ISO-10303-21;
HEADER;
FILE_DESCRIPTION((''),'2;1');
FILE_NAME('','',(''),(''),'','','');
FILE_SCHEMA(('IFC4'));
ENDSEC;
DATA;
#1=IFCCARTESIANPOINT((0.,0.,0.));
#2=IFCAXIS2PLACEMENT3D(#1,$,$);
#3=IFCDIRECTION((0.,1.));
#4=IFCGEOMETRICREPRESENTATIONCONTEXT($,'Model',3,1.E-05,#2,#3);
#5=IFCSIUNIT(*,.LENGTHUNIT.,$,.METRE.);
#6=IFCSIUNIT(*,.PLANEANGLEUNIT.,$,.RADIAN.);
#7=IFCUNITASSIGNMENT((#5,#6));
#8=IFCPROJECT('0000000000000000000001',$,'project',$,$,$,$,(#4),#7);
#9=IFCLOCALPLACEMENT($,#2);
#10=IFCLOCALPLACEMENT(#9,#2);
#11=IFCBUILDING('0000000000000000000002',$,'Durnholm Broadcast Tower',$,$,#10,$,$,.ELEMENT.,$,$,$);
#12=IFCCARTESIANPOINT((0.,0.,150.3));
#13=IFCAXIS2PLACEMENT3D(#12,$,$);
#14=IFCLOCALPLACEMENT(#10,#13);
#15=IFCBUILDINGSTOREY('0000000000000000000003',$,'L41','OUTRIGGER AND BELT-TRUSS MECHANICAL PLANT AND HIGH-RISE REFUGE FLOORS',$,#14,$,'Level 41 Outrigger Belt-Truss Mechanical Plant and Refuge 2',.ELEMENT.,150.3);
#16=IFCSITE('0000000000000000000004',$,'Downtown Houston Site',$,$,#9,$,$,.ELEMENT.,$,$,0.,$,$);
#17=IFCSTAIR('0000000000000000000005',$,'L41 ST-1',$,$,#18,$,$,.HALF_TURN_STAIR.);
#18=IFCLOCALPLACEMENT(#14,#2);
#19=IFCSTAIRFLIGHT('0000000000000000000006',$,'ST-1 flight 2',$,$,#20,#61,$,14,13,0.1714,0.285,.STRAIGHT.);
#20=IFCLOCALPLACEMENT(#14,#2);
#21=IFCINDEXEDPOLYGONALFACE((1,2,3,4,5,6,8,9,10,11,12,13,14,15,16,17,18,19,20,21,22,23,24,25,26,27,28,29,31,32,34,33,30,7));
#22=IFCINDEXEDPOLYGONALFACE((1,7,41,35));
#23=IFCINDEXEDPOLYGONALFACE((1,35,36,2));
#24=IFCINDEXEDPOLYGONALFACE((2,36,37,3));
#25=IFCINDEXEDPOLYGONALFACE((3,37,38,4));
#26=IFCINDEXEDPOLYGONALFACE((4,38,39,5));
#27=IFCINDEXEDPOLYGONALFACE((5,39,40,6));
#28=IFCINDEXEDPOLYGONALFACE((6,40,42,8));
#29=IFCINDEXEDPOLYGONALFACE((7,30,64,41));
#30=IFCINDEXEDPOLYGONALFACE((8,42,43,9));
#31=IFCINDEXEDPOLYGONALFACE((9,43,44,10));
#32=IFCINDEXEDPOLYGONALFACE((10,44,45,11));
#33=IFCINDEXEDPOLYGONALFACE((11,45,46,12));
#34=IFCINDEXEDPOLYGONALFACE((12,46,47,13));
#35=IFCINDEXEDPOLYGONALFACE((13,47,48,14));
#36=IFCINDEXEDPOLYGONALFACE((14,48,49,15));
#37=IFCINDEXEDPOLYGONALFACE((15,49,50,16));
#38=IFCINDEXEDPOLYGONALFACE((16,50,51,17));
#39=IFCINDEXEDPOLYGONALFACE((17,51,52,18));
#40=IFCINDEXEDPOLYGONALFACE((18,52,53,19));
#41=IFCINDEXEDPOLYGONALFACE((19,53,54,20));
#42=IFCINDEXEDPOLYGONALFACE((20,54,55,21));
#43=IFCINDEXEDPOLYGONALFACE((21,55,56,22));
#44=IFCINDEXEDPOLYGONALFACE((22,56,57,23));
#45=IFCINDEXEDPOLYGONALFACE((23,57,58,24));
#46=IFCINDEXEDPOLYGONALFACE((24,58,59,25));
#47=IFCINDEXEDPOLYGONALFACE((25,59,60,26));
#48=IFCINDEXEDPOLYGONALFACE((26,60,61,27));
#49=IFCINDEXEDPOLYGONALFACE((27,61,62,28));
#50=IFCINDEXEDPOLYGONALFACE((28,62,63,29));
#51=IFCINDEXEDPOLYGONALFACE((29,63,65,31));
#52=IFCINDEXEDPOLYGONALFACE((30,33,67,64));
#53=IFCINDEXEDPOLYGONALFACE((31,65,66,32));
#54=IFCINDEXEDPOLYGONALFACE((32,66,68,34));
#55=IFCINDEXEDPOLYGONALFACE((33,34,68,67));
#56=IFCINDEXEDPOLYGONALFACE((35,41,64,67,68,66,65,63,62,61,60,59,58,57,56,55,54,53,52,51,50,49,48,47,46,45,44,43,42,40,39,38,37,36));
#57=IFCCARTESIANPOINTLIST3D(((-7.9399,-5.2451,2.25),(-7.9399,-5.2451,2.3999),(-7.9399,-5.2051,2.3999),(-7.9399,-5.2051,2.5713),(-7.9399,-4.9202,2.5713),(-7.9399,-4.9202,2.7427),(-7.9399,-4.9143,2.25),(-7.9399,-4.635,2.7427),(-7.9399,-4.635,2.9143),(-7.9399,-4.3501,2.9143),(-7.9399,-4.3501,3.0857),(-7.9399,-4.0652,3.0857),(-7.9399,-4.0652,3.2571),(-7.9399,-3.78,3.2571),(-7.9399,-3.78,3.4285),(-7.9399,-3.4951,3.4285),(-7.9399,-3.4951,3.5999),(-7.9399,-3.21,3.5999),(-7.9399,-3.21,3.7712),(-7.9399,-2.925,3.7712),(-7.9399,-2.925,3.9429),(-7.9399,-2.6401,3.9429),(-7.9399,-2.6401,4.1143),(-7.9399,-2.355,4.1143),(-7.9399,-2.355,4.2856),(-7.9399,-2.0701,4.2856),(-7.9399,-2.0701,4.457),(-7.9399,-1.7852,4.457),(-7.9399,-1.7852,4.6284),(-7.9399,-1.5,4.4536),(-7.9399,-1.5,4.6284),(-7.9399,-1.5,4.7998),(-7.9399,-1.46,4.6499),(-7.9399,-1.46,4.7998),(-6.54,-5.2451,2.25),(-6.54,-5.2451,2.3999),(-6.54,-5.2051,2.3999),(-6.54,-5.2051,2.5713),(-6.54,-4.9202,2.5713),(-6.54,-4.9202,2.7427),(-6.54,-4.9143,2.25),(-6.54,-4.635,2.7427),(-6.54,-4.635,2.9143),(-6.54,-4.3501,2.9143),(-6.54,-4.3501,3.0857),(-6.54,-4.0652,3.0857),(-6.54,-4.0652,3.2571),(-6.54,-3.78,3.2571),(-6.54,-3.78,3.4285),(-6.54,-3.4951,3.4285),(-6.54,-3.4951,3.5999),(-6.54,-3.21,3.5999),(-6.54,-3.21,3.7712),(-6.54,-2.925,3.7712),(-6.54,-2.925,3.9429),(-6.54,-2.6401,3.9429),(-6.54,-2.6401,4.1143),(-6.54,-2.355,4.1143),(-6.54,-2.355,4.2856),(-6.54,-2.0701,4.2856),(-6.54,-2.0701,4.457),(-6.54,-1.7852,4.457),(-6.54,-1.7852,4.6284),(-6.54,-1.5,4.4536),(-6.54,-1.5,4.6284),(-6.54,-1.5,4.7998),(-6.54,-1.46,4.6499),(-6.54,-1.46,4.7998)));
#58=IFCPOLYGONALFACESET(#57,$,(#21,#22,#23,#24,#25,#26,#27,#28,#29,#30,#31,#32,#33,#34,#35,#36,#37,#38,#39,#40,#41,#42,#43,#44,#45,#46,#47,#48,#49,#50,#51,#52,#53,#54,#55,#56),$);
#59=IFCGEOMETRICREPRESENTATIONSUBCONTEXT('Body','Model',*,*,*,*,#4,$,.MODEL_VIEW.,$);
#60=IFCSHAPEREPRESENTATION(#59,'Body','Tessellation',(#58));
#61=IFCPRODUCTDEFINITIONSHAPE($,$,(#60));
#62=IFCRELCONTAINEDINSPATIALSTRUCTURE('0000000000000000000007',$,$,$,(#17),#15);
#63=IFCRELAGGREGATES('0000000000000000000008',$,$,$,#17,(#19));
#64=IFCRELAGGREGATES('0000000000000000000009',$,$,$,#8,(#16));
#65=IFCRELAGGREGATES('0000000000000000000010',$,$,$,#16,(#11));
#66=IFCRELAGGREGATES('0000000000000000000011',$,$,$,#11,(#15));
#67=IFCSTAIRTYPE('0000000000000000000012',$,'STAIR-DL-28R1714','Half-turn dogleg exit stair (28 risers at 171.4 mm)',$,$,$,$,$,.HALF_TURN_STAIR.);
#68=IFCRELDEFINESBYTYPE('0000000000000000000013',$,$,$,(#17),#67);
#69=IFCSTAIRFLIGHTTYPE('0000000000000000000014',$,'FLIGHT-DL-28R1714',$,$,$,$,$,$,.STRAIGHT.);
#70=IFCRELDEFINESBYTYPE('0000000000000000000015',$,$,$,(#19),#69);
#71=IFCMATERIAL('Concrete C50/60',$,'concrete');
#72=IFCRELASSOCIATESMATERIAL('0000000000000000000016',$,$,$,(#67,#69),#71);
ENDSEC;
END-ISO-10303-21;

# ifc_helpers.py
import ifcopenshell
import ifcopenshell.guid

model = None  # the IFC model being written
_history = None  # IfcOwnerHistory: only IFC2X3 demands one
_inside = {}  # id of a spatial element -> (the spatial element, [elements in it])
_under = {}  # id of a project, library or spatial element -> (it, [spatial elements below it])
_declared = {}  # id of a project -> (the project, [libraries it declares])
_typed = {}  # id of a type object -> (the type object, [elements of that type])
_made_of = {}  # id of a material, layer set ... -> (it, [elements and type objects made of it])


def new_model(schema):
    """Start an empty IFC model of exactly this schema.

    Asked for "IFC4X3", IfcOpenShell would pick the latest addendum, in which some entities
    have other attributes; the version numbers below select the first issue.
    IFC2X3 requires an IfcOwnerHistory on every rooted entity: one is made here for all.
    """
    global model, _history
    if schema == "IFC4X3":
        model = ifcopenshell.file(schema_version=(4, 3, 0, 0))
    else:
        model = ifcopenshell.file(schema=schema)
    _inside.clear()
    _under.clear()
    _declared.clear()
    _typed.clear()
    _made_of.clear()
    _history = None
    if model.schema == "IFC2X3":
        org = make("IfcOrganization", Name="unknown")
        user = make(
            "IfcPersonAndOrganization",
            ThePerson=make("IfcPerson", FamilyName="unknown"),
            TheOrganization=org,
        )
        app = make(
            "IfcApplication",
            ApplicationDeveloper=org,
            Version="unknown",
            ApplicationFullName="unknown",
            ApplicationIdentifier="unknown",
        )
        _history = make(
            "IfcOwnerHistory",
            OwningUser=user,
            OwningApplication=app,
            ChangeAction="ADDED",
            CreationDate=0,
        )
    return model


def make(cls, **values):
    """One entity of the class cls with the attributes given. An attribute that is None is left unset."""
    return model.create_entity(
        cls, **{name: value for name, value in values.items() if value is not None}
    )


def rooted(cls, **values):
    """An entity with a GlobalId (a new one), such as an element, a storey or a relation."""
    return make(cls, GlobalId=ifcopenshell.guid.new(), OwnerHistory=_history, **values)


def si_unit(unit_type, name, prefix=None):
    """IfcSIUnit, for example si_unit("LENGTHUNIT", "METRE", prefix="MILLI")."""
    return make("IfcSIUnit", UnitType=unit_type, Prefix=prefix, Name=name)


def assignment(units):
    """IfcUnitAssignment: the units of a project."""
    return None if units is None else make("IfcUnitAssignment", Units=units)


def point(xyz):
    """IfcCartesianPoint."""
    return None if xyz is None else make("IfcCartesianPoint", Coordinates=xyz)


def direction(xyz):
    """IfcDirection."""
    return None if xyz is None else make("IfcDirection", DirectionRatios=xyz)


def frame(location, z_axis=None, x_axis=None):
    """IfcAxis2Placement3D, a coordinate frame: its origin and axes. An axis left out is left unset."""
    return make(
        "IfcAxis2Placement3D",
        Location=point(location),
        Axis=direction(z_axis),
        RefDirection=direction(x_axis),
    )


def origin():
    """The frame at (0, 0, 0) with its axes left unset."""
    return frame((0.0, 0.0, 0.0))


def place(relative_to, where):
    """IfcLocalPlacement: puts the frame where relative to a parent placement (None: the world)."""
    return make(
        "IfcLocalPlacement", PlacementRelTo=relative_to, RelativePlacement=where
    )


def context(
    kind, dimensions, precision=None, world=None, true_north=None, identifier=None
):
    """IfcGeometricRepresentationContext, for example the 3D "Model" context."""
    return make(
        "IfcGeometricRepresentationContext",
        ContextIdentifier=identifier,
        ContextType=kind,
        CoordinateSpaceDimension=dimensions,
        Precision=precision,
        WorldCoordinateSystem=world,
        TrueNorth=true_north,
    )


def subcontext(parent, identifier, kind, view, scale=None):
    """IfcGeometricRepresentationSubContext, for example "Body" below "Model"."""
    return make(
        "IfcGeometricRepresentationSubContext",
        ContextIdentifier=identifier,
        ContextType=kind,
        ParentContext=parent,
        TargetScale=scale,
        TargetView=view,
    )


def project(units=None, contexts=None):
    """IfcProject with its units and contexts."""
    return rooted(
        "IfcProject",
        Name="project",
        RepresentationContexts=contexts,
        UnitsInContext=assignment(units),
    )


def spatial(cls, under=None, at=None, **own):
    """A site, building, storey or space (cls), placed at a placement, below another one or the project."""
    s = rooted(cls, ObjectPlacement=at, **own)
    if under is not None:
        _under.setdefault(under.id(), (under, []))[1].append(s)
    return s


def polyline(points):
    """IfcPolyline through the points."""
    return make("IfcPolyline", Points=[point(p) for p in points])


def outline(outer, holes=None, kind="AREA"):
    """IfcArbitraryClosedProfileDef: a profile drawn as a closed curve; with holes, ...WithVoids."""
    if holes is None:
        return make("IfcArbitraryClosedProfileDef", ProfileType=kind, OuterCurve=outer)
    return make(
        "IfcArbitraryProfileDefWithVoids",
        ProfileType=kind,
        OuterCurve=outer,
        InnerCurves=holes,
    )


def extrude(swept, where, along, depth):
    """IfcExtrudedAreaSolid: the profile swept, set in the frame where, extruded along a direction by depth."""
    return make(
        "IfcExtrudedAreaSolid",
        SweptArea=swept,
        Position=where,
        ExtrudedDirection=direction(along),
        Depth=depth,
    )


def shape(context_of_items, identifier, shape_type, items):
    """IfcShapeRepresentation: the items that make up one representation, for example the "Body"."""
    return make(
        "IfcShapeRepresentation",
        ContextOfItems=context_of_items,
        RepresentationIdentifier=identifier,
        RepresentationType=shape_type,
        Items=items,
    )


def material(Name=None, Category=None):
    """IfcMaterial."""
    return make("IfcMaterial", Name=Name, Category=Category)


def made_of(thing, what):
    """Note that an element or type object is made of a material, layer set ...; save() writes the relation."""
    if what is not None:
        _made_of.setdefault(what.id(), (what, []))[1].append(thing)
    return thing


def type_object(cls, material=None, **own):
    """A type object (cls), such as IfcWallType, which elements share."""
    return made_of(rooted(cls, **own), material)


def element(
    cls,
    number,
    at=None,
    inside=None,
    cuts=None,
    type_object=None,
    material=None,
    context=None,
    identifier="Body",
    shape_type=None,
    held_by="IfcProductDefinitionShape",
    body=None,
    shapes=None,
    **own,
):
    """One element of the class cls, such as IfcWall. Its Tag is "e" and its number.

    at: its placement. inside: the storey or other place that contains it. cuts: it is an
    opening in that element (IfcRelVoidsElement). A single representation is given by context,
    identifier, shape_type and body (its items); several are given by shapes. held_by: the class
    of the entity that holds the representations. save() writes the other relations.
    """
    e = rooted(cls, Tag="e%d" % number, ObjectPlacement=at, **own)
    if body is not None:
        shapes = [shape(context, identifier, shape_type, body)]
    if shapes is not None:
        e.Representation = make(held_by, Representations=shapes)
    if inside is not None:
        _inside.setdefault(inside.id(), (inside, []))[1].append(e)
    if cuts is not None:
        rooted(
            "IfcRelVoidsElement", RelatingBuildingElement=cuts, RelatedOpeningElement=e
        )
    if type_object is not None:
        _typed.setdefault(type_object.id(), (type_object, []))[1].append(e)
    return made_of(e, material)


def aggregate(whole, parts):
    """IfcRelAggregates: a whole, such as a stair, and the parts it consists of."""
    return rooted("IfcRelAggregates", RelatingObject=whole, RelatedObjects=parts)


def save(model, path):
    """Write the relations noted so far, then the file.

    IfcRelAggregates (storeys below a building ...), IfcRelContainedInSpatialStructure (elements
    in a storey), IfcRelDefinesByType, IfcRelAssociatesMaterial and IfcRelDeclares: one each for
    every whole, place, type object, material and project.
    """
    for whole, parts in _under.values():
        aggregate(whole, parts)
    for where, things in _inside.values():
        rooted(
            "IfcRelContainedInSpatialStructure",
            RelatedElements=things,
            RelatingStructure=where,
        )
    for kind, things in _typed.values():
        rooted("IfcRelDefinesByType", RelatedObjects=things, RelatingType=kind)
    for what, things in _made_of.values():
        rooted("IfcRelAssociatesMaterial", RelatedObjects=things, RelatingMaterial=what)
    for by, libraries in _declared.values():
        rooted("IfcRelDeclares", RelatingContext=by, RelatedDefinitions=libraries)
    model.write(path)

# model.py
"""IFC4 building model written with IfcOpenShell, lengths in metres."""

from ifc_helpers import new_model, si_unit, direction, frame, origin, place, context, subcontext, project, spatial, polyline, outline, extrude, material, type_object, element, aggregate, save


model = new_model("IFC4")

# Units and contexts
model_context = context("Model", 3, precision=1e-05, world=origin(), true_north=direction((0.0, 1.0)))
body_context = subcontext(model_context, "Body", "Model", "MODEL_VIEW")
ifc_project = project(units=[si_unit("LENGTHUNIT", "METRE"), si_unit("PLANEANGLEUNIT", "RADIAN")], contexts=[model_context])

# Site, building, storey
site_placement = place(None, origin())
site = spatial("IfcSite", under=ifc_project, at=site_placement, Name="Downtown Houston Site", CompositionType="ELEMENT", RefElevation=0.0)
building_placement = place(site_placement, origin())
building = spatial("IfcBuilding", under=site, at=building_placement, Name="Durnholm Broadcast Tower", CompositionType="ELEMENT")
storey_placement = place(building_placement, frame((0.0, 0.0, 150.3)))
storey = spatial("IfcBuildingStorey", under=building, at=storey_placement, Name="L41", Description="OUTRIGGER AND BELT-TRUSS MECHANICAL PLANT AND HIGH-RISE REFUGE FLOORS", LongName="Level 41 Outrigger Belt-Truss Mechanical Plant and Refuge 2", CompositionType="ELEMENT", Elevation=150.3)

# Shared definitions
ifc_material_1 = material(Name="Concrete C50/60", Category="concrete")

# Stair
stair_type = type_object("IfcStairType", Name="STAIR-DL-28R1714", Description="Half-turn dogleg exit stair (28 risers at 171.4 mm)", PredefinedType="HALF_TURN_STAIR", material=ifc_material_1)
stair_placement = place(storey_placement, origin())
stair = element("IfcStair", 1, at=stair_placement, inside=storey, type_object=stair_type, Name="L41 ST-1", PredefinedType="HALF_TURN_STAIR")

# Stair flight
stair_flight_type = type_object("IfcStairFlightType", Name="FLIGHT-DL-28R1714", PredefinedType="STRAIGHT", material=ifc_material_1)
stair_flight_1_placement = place(storey_placement, frame((-7.24, -5.2051, 2.3999), z_axis=(0.0, 0.0, 1.0), x_axis=(0.0, 1.0, 0.0)))
stair_flight_1 = element("IfcStairFlight", 2, at=stair_flight_1_placement, type_object=stair_flight_type, Name="ST-1 flight 2", NumberOfRisers=14, NumberOfTreads=13, PredefinedType="STRAIGHT", RiserHeight=0.1714, TreadLength=0.285, context=body_context, shape_type="SweptSolid", body=[
    extrude(outline(polyline([(-0.04, -0.1499), (-0.04, 0.0), (0.0, 0.0), (0.0, 0.1714), (0.2849, 0.1714), (0.2849, 0.3428), (0.5701, 0.3428), (0.5701, 0.5144), (0.855, 0.5144), (0.855, 0.6858), (1.1399, 0.6858), (1.1399, 0.8572), (1.425, 0.8572), (1.425, 1.0286), (1.71, 1.0286), (1.71, 1.2), (1.9951, 1.2), (1.9951, 1.3713), (2.28, 1.3713), (2.28, 1.543), (2.5649, 1.543), (2.5649, 1.7144), (2.8501, 1.7144), (2.8501, 1.8857), (3.135, 1.8857), (3.135, 2.0571), (3.4199, 2.0571), (3.4199, 2.2285), (3.7051, 2.2285), (3.7051, 2.3999), (3.7451, 2.3999), (3.7451, 2.25), (3.7051, 2.0537), (0.2908, -0.1499), (-0.04, -0.1499)])), frame((0.0, 0.7, 0.0), z_axis=(0.0, -1.0, 0.0), x_axis=(1.0, 0.0, 0.0)), (0.0, 0.0, 1.0), 1.3999),
])
aggregate(stair, [stair_flight_1])

save(model, "model.ifc")
